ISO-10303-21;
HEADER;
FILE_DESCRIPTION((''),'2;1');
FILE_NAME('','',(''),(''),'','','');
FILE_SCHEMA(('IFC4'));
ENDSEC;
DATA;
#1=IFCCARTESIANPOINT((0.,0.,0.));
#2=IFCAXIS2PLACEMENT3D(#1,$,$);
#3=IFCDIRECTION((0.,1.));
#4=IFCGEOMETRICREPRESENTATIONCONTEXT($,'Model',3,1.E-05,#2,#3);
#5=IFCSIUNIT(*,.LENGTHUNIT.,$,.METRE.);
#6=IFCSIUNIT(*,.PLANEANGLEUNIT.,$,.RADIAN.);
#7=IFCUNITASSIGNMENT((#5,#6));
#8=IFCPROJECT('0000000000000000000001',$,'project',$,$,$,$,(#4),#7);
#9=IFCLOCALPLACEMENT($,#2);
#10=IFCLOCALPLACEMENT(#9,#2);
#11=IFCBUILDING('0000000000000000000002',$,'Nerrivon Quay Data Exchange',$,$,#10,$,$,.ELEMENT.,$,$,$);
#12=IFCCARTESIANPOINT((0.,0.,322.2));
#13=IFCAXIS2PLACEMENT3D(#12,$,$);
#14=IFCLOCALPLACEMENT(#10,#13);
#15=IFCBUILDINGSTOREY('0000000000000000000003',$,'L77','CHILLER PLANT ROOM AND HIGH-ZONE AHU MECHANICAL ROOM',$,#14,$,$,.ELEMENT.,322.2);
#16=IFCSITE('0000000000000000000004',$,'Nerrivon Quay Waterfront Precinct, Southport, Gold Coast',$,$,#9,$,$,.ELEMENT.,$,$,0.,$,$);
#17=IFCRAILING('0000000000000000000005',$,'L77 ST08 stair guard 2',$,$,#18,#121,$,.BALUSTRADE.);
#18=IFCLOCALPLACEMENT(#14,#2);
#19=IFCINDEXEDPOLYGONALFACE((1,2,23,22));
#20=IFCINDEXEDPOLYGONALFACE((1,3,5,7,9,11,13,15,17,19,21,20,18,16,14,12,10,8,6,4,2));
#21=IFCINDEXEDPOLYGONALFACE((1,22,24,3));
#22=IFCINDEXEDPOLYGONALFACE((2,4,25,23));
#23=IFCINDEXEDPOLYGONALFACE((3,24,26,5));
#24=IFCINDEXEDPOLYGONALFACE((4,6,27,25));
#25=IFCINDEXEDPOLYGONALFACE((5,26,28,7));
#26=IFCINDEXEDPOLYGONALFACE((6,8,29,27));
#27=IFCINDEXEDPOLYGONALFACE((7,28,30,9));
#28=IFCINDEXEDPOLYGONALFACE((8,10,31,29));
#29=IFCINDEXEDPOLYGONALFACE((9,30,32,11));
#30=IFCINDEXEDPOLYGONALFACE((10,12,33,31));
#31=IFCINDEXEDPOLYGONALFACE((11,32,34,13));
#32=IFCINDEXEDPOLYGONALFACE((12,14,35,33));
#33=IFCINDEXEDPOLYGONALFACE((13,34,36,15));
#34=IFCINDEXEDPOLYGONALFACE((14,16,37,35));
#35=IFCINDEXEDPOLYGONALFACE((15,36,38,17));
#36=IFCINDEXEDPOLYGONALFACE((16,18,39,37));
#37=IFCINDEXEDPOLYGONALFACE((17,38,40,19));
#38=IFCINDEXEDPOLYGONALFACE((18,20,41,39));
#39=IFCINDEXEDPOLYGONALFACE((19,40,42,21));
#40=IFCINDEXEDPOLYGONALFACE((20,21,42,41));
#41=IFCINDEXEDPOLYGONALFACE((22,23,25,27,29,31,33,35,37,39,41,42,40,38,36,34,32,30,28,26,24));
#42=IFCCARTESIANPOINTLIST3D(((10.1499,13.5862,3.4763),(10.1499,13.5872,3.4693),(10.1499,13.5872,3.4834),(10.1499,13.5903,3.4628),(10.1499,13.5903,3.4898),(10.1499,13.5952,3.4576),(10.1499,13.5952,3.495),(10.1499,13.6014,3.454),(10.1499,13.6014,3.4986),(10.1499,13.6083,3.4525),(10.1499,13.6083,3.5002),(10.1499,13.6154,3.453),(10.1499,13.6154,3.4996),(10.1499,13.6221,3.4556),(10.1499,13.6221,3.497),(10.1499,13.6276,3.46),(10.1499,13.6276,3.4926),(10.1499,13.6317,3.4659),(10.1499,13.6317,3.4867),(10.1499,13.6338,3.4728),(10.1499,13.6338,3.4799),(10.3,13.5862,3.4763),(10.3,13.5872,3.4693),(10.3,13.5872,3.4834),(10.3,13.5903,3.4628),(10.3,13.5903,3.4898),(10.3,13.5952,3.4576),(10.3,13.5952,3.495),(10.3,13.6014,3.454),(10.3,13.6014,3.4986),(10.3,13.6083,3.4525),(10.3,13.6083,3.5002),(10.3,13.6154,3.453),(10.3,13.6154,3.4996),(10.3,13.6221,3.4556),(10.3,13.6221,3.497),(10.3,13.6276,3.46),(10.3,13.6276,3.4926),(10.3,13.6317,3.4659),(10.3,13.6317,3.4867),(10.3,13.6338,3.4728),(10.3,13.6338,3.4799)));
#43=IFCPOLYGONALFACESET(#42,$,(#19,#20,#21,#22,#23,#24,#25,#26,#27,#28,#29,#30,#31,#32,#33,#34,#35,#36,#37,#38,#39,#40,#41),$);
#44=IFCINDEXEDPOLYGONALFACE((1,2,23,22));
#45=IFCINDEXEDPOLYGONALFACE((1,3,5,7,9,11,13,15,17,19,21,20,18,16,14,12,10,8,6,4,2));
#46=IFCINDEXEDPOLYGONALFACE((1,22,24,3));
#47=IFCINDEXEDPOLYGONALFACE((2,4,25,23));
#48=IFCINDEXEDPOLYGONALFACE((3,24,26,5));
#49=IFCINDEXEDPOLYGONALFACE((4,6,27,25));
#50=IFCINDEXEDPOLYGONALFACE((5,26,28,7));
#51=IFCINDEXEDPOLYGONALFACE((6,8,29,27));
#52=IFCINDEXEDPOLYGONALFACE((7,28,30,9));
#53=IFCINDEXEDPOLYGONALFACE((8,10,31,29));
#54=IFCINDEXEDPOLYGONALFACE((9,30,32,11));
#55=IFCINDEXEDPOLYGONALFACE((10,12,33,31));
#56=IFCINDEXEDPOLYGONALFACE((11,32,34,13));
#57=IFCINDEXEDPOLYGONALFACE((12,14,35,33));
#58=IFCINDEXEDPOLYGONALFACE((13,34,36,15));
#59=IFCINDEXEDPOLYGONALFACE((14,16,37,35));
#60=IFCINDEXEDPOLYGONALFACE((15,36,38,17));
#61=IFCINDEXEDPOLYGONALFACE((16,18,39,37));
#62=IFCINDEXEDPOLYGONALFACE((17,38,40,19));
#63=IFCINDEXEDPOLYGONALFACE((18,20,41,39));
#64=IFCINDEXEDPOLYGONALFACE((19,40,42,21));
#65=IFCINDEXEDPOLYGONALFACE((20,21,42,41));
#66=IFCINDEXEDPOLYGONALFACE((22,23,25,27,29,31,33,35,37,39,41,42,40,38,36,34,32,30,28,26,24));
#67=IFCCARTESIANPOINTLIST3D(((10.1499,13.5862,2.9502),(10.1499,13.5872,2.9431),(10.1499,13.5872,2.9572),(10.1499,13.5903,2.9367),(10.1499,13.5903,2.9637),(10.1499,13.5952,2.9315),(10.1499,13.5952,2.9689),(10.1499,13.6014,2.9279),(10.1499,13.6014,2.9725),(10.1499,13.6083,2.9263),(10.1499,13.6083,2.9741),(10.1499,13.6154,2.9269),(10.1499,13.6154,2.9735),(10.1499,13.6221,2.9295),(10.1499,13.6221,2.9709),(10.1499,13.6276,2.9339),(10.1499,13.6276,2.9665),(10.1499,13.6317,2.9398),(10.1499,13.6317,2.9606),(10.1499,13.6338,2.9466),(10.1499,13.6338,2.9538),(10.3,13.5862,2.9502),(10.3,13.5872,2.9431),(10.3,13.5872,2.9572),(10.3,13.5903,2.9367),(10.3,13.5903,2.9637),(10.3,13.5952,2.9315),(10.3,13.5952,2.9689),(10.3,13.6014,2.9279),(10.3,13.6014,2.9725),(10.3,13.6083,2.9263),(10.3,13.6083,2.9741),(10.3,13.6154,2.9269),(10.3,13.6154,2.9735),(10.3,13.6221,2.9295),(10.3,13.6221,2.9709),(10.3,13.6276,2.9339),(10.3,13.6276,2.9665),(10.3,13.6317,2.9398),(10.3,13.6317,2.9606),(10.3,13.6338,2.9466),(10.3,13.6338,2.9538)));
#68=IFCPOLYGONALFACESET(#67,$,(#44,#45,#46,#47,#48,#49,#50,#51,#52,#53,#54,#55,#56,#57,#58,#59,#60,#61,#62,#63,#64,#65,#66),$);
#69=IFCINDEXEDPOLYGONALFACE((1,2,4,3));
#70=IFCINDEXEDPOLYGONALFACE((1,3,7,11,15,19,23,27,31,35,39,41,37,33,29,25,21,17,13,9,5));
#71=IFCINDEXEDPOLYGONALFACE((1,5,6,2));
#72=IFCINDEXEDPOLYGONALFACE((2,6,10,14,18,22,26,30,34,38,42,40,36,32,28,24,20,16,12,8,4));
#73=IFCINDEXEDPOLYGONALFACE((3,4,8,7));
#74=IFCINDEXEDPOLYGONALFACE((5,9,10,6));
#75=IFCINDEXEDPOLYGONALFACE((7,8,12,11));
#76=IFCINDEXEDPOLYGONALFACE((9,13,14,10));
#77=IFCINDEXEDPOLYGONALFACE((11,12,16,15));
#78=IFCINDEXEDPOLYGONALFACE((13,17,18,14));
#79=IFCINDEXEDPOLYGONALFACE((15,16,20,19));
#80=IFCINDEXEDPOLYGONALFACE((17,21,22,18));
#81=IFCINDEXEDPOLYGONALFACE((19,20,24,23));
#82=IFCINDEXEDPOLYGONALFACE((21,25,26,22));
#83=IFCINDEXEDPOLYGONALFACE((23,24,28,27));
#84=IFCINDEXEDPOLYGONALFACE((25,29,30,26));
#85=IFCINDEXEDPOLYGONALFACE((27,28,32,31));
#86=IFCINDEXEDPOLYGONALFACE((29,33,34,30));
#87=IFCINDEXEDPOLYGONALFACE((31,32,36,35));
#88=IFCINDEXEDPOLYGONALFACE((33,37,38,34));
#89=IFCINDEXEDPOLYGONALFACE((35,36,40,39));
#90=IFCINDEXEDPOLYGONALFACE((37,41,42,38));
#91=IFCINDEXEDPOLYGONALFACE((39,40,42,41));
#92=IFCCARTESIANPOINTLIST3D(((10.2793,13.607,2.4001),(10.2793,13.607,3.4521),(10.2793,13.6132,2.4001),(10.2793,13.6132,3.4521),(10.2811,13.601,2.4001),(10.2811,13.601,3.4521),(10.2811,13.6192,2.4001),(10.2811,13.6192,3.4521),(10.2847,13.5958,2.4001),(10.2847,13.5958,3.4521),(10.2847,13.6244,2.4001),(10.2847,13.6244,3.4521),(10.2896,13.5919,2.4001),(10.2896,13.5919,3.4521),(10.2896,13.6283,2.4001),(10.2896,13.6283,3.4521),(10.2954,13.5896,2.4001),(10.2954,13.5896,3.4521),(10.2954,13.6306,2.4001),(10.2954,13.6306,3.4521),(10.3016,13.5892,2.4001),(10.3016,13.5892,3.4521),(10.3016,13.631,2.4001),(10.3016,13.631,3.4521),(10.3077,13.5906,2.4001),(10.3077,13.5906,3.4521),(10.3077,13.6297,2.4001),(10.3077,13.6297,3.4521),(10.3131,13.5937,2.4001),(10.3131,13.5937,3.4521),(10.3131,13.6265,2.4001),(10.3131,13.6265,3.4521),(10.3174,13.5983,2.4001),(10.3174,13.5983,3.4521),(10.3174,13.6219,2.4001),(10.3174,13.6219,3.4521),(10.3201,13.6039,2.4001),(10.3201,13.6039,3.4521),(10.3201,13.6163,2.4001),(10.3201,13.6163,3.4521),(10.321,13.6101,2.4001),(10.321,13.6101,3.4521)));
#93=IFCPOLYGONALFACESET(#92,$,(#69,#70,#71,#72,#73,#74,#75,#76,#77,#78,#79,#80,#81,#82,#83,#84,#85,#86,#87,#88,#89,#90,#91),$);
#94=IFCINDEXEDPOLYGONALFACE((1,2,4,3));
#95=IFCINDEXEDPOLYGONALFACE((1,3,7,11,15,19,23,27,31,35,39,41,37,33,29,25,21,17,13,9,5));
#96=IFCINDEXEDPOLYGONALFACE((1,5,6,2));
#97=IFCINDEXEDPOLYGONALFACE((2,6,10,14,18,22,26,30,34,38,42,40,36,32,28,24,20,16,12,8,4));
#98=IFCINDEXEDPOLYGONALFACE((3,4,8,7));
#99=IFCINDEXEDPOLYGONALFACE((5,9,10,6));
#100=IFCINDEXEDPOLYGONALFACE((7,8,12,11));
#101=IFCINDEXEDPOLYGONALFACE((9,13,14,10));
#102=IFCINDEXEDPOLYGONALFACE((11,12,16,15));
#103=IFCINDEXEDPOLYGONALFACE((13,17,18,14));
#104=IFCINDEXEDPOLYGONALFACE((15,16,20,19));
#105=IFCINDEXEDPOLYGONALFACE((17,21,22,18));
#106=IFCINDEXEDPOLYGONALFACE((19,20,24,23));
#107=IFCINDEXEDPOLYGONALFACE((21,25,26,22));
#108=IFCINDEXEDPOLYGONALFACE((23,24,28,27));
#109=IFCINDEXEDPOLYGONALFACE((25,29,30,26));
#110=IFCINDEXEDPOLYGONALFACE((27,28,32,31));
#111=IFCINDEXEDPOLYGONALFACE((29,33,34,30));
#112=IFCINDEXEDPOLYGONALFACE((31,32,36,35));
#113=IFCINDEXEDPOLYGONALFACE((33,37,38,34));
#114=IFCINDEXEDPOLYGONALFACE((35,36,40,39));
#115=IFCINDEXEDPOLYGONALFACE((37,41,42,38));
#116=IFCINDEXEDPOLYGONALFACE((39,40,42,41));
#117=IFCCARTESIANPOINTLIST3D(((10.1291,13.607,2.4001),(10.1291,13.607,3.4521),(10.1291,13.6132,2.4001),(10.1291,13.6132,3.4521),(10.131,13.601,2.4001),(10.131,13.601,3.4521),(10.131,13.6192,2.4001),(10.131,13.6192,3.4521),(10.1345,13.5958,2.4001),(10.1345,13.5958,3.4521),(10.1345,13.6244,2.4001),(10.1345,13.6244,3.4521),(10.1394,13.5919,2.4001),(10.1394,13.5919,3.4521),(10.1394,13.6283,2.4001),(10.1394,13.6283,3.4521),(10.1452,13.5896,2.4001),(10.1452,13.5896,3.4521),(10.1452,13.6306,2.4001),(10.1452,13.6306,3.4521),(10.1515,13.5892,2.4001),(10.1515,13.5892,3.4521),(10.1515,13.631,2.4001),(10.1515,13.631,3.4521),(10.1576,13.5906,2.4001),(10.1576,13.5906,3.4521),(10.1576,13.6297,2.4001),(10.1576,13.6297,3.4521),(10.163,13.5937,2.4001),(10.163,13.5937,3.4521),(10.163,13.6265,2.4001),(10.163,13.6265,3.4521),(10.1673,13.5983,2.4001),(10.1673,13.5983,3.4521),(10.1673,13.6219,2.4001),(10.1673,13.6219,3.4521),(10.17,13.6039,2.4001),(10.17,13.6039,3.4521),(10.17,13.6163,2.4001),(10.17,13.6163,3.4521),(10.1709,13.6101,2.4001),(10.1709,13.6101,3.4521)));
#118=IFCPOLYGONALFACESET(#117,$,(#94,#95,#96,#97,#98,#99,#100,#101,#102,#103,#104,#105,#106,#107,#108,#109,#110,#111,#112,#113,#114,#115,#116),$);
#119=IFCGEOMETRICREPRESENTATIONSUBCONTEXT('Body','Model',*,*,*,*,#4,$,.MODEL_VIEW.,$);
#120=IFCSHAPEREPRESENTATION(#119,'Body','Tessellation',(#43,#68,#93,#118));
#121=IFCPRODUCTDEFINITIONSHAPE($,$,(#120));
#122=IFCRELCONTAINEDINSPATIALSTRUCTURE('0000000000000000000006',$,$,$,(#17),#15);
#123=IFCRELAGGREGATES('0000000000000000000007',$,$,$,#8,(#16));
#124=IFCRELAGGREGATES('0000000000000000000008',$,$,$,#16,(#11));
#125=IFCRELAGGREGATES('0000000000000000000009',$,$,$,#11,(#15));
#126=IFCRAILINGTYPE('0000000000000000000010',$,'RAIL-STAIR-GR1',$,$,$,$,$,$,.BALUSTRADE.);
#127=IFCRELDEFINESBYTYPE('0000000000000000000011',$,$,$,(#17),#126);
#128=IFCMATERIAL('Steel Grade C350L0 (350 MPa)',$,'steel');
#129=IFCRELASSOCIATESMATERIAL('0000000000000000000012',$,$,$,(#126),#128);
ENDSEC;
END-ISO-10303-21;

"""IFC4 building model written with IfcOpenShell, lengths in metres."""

from ifc_helpers import new_model, si_unit, direction, frame, origin, origin_2d, place, context, subcontext, project, spatial, circle, extrude, material, type_object, element, save


model = new_model("IFC4")

# Units and contexts
model_context = context("Model", 3, precision=1e-05, world=origin(), true_north=direction((0.0, 1.0)))
body_context = subcontext(model_context, "Body", "Model", "MODEL_VIEW")
ifc_project = project(units=[si_unit("LENGTHUNIT", "METRE"), si_unit("PLANEANGLEUNIT", "RADIAN")], contexts=[model_context])

# Site, building, storey
site_placement = place(None, origin())
site = spatial("IfcSite", under=ifc_project, at=site_placement, Name="Nerrivon Quay Waterfront Precinct, Southport, Gold Coast", CompositionType="ELEMENT", RefElevation=0.0)
building_placement = place(site_placement, origin())
building = spatial("IfcBuilding", under=site, at=building_placement, Name="Nerrivon Quay Data Exchange", CompositionType="ELEMENT")
storey_placement = place(building_placement, frame((0.0, 0.0, 322.2)))
storey = spatial("IfcBuildingStorey", under=building, at=storey_placement, Name="L77", Description="CHILLER PLANT ROOM AND HIGH-ZONE AHU MECHANICAL ROOM", CompositionType="ELEMENT", Elevation=322.2)

# Railing
ifc_material_1 = material(Name="Steel Grade C350L0 (350 MPa)", Category="steel")
railing_type_1 = type_object("IfcRailingType", Name="RAIL-STAIR-GR1", PredefinedType="BALUSTRADE", material=ifc_material_1)
railing_1_placement = place(storey_placement, frame((10.3, 13.6101, 2.4001)))
element("IfcRailing", 1, at=railing_1_placement, inside=storey, type_object=railing_type_1, Name="L77 ST08 stair guard 2", PredefinedType="BALUSTRADE", context=body_context, shape_type="SweptSolid", body=[
    extrude(circle(Radius=0.0239, at=origin_2d()), frame((0.0, 0.0, 1.0762), z_axis=(-1.0, 0.0, 0.0), x_axis=(0.0, -1.0, 0.0)), (0.0, 0.0, 1.0), 0.1501),
    extrude(circle(Radius=0.0239, at=origin_2d()), frame((0.0, 0.0, 0.55), z_axis=(-1.0, 0.0, 0.0), x_axis=(0.0, -1.0, 0.0)), (0.0, 0.0, 1.0), 0.1501),
    extrude(circle(Radius=0.021, at=origin_2d()), origin(), (0.0, 0.0, 1.0), 1.052),
    extrude(circle(Radius=0.021, at=origin_2d()), frame((-0.1501, 0.0, 0.0)), (0.0, 0.0, 1.0), 1.052),
])

save(model, "model.ifc")
